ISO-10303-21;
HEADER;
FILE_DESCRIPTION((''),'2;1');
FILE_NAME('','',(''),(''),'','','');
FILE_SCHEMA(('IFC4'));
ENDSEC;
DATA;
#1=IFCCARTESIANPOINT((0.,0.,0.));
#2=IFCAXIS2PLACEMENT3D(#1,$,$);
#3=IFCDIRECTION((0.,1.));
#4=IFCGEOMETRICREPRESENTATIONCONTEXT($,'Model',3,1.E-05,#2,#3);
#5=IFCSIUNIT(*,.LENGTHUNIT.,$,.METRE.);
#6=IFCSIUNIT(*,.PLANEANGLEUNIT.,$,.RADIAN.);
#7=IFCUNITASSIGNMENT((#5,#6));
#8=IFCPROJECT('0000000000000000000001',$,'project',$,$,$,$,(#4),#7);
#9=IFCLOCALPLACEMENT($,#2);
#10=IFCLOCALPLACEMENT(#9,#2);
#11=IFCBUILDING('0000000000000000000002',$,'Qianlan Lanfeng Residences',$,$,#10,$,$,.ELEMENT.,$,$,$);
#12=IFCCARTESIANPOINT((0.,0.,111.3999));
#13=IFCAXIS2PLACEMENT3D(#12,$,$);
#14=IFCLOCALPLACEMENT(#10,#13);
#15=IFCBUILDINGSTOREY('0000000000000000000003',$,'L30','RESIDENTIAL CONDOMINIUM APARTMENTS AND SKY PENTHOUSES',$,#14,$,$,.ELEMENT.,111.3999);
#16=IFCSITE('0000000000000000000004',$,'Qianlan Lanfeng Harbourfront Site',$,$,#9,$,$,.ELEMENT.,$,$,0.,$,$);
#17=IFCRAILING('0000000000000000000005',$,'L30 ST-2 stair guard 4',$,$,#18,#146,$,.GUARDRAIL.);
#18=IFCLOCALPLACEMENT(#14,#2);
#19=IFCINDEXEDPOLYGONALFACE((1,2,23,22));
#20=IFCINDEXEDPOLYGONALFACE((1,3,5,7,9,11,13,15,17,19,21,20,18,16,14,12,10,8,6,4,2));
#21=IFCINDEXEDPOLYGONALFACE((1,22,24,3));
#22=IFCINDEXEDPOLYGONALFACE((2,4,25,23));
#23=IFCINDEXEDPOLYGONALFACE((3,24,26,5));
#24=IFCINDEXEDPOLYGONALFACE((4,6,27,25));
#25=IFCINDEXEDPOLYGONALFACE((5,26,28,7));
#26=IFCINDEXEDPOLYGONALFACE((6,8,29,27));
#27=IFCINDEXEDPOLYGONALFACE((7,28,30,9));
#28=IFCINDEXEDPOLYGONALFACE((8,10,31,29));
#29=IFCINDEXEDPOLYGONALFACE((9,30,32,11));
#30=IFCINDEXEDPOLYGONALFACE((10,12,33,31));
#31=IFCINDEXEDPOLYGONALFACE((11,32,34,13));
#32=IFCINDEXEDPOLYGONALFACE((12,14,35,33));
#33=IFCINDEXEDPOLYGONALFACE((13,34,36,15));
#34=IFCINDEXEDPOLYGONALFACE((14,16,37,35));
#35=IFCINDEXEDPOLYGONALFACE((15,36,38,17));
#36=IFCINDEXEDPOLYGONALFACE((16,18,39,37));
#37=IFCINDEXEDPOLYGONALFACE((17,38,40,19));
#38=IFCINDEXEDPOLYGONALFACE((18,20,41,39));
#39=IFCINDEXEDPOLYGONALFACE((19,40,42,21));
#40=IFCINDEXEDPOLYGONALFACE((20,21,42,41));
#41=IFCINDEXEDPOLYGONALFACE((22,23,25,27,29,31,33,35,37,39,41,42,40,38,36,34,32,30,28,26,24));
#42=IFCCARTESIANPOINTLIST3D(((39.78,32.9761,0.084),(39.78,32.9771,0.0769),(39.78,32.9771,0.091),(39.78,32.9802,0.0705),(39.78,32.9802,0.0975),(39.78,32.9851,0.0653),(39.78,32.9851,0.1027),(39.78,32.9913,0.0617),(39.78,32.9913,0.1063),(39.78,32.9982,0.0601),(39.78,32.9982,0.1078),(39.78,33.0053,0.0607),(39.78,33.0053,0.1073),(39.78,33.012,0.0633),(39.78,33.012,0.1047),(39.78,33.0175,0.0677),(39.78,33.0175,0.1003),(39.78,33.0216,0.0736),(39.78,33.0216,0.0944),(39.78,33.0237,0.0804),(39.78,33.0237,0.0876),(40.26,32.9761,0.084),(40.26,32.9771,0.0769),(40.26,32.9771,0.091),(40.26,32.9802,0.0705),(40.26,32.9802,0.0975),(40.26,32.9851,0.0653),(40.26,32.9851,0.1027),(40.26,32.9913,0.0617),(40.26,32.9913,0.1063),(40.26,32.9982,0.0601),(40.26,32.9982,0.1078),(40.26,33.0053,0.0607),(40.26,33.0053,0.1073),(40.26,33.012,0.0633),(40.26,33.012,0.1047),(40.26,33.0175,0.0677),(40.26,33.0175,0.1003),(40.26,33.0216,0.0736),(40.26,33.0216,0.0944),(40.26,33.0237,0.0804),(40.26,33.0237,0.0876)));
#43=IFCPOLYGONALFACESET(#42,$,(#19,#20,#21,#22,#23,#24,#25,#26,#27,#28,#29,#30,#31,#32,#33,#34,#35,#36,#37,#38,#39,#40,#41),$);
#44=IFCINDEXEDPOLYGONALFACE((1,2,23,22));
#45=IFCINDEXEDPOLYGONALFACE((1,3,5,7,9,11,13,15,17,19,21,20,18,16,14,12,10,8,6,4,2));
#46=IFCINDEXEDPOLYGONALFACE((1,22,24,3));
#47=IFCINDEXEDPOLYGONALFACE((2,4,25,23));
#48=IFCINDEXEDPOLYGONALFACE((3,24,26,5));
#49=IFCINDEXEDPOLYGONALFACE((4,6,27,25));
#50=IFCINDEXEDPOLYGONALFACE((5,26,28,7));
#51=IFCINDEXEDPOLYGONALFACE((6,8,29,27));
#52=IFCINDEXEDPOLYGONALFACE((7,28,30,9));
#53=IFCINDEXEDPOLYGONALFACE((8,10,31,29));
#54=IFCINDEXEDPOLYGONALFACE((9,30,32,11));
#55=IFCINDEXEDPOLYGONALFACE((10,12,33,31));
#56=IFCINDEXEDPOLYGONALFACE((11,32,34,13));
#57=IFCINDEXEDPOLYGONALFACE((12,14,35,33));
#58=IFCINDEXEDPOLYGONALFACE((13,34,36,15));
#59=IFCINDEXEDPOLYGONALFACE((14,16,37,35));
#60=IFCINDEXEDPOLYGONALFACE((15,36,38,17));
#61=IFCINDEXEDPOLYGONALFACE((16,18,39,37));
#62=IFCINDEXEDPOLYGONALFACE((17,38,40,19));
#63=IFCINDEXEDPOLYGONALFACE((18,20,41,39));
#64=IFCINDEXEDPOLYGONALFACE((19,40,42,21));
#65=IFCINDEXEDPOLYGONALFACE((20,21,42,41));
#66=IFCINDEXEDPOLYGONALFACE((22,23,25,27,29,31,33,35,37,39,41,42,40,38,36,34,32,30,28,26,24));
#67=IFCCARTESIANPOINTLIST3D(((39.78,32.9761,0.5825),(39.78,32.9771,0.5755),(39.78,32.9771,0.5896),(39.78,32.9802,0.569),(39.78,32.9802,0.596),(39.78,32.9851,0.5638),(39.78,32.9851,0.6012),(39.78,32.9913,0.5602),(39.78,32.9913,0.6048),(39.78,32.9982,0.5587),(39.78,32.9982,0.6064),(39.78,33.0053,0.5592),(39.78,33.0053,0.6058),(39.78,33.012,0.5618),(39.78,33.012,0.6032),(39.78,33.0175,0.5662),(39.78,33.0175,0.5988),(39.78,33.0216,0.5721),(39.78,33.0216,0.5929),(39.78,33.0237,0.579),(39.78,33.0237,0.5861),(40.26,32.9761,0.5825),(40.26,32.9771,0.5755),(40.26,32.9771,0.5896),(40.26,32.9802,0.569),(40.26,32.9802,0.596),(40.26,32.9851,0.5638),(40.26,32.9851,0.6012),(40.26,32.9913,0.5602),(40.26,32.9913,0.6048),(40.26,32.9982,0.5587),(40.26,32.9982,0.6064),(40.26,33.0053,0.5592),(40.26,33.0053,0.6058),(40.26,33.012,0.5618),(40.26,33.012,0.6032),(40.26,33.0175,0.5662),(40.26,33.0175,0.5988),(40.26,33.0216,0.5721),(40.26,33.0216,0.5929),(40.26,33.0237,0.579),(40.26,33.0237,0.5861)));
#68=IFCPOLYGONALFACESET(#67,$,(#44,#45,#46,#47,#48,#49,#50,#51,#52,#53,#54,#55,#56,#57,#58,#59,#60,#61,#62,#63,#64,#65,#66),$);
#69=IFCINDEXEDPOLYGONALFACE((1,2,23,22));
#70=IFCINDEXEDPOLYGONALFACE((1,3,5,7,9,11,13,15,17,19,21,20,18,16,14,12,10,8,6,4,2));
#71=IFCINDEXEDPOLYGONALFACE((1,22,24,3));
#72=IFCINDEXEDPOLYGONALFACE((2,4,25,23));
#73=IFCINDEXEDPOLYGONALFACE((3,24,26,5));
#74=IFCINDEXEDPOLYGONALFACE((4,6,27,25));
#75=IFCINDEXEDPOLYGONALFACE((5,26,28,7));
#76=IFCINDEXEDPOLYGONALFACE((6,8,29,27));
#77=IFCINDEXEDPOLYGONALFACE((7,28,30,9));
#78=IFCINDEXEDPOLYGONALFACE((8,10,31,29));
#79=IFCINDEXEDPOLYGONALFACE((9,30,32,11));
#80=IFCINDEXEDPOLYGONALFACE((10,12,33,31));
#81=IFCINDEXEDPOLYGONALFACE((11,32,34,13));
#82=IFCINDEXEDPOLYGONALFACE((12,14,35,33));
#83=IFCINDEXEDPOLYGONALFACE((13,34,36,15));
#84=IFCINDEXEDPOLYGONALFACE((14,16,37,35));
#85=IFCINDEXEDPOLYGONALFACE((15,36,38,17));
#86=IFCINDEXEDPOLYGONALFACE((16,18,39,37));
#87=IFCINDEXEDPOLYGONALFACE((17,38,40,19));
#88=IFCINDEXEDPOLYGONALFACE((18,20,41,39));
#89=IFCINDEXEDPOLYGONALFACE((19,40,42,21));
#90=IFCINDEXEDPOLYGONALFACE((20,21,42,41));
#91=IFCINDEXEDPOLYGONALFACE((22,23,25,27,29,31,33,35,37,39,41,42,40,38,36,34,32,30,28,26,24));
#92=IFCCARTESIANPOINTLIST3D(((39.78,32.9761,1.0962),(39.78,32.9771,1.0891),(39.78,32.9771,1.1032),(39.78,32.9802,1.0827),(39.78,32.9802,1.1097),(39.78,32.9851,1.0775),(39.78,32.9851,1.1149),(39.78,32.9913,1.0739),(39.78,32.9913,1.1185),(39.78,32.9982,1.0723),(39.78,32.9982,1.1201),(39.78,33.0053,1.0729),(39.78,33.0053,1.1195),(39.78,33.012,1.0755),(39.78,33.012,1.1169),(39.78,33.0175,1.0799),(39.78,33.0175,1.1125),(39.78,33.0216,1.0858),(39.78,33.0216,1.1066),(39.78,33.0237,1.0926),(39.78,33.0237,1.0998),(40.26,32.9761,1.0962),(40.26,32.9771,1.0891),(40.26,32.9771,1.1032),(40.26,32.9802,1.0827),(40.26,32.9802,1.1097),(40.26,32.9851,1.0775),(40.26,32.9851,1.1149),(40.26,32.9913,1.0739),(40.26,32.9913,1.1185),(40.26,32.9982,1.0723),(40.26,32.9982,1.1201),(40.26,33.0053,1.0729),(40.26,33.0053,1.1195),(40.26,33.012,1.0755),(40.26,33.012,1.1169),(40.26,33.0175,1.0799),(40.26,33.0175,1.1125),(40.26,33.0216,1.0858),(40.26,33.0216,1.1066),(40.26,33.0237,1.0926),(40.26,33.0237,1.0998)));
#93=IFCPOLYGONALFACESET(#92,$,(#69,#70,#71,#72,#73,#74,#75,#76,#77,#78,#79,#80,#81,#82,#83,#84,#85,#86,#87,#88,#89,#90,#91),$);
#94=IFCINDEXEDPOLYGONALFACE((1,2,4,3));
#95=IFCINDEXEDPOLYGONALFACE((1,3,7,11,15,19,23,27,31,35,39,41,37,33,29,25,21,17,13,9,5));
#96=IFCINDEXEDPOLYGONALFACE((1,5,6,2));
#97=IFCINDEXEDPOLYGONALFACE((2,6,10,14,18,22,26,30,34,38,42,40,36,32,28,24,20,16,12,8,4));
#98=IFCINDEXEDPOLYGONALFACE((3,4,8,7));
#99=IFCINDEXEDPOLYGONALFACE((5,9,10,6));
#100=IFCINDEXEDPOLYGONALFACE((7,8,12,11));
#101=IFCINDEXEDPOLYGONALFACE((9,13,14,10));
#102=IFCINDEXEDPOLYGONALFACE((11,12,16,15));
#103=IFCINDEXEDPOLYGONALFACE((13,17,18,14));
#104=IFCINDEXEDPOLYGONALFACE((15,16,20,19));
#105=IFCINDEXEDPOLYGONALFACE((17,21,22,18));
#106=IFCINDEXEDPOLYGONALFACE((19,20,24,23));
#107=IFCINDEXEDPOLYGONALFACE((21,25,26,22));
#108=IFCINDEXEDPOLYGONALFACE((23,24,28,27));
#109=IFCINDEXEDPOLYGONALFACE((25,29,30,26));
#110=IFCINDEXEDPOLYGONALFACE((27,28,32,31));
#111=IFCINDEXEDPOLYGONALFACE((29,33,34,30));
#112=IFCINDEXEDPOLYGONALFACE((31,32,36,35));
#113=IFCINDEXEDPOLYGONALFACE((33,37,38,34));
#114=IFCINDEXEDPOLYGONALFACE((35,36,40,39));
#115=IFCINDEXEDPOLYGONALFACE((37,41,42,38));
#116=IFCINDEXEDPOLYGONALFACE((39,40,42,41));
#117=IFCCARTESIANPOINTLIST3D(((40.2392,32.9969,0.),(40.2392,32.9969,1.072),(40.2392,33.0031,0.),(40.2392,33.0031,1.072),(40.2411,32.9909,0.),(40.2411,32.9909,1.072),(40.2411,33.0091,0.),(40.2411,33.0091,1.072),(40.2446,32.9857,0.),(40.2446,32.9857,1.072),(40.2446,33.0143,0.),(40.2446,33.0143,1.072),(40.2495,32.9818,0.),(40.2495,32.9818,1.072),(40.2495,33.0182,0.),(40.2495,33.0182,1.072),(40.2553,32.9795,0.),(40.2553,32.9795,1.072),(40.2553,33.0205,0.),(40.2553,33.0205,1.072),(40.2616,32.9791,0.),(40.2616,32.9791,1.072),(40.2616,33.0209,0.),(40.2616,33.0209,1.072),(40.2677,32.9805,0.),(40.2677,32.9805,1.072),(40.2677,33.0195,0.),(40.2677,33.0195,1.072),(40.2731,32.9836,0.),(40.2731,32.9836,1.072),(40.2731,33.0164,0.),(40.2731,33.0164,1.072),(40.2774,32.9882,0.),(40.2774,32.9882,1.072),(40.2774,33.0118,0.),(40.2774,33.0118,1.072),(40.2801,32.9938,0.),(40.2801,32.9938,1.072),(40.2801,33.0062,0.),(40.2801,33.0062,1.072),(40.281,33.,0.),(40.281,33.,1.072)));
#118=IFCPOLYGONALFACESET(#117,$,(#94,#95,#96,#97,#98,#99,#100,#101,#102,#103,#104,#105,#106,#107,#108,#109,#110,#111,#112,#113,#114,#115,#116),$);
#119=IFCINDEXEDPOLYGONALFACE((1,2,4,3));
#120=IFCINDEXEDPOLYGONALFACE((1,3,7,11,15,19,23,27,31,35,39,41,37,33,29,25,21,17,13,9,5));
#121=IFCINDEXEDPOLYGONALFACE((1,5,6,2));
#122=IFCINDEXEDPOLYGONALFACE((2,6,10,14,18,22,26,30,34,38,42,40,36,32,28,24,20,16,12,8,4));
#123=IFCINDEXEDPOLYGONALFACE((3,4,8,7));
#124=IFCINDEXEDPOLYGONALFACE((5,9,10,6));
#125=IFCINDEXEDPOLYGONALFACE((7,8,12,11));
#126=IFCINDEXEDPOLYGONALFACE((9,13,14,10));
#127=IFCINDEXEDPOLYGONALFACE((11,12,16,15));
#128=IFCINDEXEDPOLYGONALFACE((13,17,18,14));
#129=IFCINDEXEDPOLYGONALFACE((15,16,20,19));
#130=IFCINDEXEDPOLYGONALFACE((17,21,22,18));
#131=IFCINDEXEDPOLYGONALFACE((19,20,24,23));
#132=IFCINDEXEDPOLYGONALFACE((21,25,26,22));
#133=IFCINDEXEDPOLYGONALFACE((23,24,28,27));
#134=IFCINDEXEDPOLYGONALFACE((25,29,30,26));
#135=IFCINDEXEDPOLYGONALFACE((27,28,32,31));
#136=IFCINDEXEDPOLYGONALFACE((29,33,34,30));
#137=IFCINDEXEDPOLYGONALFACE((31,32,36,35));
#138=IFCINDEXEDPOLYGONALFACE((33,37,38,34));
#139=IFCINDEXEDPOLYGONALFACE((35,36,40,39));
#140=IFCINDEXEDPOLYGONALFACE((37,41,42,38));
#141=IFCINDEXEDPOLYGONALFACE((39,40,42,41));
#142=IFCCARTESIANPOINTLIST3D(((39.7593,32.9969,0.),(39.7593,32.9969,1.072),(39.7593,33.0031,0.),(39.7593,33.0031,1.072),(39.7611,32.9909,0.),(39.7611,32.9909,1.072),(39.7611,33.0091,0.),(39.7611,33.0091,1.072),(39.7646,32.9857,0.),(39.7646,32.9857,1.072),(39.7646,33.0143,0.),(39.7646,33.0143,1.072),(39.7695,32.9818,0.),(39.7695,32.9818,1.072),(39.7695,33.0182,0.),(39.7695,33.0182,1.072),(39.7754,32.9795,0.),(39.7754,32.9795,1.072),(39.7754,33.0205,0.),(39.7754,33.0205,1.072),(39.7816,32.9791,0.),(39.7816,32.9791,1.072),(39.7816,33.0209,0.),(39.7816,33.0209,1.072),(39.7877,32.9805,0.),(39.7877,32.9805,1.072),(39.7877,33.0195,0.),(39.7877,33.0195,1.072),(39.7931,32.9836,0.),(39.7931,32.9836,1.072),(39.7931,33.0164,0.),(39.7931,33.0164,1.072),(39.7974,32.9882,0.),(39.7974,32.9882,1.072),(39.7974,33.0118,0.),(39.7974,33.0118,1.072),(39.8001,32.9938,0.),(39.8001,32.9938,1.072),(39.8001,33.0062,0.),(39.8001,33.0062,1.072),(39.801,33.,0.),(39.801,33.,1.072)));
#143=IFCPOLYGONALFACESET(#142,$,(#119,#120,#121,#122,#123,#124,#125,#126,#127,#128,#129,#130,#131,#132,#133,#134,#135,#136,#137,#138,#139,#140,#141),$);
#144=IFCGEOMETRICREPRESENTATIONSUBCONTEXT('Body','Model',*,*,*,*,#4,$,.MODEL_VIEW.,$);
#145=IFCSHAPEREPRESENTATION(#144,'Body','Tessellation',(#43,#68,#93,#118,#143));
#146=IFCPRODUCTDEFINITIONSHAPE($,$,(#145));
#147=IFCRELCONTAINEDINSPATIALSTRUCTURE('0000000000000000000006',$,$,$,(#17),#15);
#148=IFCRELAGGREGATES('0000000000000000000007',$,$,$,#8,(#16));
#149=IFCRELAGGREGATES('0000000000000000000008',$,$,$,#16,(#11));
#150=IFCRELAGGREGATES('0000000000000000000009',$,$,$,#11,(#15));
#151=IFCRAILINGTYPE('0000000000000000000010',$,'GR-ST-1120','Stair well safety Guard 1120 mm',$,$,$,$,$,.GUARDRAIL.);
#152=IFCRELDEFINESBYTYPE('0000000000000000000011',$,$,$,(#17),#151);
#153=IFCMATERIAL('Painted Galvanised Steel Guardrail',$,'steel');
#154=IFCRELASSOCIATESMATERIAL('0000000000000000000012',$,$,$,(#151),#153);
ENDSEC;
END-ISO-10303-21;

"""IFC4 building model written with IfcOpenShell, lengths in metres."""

from ifc_helpers import new_model, si_unit, direction, frame, origin, origin_2d, place, context, subcontext, project, spatial, circle, extrude, material, type_object, element, save


model = new_model("IFC4")

# Units and contexts
model_context = context("Model", 3, precision=1e-05, world=origin(), true_north=direction((0.0, 1.0)))
body_context = subcontext(model_context, "Body", "Model", "MODEL_VIEW")
ifc_project = project(units=[si_unit("LENGTHUNIT", "METRE"), si_unit("PLANEANGLEUNIT", "RADIAN")], contexts=[model_context])

# Site, building, storey
site_placement = place(None, origin())
site = spatial("IfcSite", under=ifc_project, at=site_placement, Name="Qianlan Lanfeng Harbourfront Site", CompositionType="ELEMENT", RefElevation=0.0)
building_placement = place(site_placement, origin())
building = spatial("IfcBuilding", under=site, at=building_placement, Name="Qianlan Lanfeng Residences", CompositionType="ELEMENT")
storey_placement = place(building_placement, frame((0.0, 0.0, 111.3999)))
storey = spatial("IfcBuildingStorey", under=building, at=storey_placement, Name="L30", Description="RESIDENTIAL CONDOMINIUM APARTMENTS AND SKY PENTHOUSES", CompositionType="ELEMENT", Elevation=111.3999)

# Railing
ifc_material_1 = material(Name="Painted Galvanised Steel Guardrail", Category="steel")
railing_type_1 = type_object("IfcRailingType", Name="GR-ST-1120", Description="Stair well safety Guard 1120 mm", PredefinedType="GUARDRAIL", material=ifc_material_1)
railing_1_placement = place(storey_placement, frame((40.26, 33.0, 0.0)))
element("IfcRailing", 1, at=railing_1_placement, inside=storey, type_object=railing_type_1, Name="L30 ST-2 stair guard 4", PredefinedType="GUARDRAIL", context=body_context, shape_type="SweptSolid", body=[
    extrude(circle(Radius=0.0239, at=origin_2d()), frame((0.0, 0.0, 0.084), z_axis=(-1.0, 0.0, 0.0), x_axis=(0.0, -1.0, 0.0)), (0.0, 0.0, 1.0), 0.48),
    extrude(circle(Radius=0.0239, at=origin_2d()), frame((0.0, 0.0, 0.5825), z_axis=(-1.0, 0.0, 0.0), x_axis=(0.0, -1.0, 0.0)), (0.0, 0.0, 1.0), 0.48),
    extrude(circle(Radius=0.0239, at=origin_2d()), frame((0.0, 0.0, 1.0962), z_axis=(-1.0, 0.0, 0.0), x_axis=(0.0, -1.0, 0.0)), (0.0, 0.0, 1.0), 0.48),
    extrude(circle(Radius=0.021, at=origin_2d()), origin(), (0.0, 0.0, 1.0), 1.072),
    extrude(circle(Radius=0.021, at=origin_2d()), frame((-0.48, 0.0, 0.0)), (0.0, 0.0, 1.0), 1.072),
])

save(model, "model.ifc")
